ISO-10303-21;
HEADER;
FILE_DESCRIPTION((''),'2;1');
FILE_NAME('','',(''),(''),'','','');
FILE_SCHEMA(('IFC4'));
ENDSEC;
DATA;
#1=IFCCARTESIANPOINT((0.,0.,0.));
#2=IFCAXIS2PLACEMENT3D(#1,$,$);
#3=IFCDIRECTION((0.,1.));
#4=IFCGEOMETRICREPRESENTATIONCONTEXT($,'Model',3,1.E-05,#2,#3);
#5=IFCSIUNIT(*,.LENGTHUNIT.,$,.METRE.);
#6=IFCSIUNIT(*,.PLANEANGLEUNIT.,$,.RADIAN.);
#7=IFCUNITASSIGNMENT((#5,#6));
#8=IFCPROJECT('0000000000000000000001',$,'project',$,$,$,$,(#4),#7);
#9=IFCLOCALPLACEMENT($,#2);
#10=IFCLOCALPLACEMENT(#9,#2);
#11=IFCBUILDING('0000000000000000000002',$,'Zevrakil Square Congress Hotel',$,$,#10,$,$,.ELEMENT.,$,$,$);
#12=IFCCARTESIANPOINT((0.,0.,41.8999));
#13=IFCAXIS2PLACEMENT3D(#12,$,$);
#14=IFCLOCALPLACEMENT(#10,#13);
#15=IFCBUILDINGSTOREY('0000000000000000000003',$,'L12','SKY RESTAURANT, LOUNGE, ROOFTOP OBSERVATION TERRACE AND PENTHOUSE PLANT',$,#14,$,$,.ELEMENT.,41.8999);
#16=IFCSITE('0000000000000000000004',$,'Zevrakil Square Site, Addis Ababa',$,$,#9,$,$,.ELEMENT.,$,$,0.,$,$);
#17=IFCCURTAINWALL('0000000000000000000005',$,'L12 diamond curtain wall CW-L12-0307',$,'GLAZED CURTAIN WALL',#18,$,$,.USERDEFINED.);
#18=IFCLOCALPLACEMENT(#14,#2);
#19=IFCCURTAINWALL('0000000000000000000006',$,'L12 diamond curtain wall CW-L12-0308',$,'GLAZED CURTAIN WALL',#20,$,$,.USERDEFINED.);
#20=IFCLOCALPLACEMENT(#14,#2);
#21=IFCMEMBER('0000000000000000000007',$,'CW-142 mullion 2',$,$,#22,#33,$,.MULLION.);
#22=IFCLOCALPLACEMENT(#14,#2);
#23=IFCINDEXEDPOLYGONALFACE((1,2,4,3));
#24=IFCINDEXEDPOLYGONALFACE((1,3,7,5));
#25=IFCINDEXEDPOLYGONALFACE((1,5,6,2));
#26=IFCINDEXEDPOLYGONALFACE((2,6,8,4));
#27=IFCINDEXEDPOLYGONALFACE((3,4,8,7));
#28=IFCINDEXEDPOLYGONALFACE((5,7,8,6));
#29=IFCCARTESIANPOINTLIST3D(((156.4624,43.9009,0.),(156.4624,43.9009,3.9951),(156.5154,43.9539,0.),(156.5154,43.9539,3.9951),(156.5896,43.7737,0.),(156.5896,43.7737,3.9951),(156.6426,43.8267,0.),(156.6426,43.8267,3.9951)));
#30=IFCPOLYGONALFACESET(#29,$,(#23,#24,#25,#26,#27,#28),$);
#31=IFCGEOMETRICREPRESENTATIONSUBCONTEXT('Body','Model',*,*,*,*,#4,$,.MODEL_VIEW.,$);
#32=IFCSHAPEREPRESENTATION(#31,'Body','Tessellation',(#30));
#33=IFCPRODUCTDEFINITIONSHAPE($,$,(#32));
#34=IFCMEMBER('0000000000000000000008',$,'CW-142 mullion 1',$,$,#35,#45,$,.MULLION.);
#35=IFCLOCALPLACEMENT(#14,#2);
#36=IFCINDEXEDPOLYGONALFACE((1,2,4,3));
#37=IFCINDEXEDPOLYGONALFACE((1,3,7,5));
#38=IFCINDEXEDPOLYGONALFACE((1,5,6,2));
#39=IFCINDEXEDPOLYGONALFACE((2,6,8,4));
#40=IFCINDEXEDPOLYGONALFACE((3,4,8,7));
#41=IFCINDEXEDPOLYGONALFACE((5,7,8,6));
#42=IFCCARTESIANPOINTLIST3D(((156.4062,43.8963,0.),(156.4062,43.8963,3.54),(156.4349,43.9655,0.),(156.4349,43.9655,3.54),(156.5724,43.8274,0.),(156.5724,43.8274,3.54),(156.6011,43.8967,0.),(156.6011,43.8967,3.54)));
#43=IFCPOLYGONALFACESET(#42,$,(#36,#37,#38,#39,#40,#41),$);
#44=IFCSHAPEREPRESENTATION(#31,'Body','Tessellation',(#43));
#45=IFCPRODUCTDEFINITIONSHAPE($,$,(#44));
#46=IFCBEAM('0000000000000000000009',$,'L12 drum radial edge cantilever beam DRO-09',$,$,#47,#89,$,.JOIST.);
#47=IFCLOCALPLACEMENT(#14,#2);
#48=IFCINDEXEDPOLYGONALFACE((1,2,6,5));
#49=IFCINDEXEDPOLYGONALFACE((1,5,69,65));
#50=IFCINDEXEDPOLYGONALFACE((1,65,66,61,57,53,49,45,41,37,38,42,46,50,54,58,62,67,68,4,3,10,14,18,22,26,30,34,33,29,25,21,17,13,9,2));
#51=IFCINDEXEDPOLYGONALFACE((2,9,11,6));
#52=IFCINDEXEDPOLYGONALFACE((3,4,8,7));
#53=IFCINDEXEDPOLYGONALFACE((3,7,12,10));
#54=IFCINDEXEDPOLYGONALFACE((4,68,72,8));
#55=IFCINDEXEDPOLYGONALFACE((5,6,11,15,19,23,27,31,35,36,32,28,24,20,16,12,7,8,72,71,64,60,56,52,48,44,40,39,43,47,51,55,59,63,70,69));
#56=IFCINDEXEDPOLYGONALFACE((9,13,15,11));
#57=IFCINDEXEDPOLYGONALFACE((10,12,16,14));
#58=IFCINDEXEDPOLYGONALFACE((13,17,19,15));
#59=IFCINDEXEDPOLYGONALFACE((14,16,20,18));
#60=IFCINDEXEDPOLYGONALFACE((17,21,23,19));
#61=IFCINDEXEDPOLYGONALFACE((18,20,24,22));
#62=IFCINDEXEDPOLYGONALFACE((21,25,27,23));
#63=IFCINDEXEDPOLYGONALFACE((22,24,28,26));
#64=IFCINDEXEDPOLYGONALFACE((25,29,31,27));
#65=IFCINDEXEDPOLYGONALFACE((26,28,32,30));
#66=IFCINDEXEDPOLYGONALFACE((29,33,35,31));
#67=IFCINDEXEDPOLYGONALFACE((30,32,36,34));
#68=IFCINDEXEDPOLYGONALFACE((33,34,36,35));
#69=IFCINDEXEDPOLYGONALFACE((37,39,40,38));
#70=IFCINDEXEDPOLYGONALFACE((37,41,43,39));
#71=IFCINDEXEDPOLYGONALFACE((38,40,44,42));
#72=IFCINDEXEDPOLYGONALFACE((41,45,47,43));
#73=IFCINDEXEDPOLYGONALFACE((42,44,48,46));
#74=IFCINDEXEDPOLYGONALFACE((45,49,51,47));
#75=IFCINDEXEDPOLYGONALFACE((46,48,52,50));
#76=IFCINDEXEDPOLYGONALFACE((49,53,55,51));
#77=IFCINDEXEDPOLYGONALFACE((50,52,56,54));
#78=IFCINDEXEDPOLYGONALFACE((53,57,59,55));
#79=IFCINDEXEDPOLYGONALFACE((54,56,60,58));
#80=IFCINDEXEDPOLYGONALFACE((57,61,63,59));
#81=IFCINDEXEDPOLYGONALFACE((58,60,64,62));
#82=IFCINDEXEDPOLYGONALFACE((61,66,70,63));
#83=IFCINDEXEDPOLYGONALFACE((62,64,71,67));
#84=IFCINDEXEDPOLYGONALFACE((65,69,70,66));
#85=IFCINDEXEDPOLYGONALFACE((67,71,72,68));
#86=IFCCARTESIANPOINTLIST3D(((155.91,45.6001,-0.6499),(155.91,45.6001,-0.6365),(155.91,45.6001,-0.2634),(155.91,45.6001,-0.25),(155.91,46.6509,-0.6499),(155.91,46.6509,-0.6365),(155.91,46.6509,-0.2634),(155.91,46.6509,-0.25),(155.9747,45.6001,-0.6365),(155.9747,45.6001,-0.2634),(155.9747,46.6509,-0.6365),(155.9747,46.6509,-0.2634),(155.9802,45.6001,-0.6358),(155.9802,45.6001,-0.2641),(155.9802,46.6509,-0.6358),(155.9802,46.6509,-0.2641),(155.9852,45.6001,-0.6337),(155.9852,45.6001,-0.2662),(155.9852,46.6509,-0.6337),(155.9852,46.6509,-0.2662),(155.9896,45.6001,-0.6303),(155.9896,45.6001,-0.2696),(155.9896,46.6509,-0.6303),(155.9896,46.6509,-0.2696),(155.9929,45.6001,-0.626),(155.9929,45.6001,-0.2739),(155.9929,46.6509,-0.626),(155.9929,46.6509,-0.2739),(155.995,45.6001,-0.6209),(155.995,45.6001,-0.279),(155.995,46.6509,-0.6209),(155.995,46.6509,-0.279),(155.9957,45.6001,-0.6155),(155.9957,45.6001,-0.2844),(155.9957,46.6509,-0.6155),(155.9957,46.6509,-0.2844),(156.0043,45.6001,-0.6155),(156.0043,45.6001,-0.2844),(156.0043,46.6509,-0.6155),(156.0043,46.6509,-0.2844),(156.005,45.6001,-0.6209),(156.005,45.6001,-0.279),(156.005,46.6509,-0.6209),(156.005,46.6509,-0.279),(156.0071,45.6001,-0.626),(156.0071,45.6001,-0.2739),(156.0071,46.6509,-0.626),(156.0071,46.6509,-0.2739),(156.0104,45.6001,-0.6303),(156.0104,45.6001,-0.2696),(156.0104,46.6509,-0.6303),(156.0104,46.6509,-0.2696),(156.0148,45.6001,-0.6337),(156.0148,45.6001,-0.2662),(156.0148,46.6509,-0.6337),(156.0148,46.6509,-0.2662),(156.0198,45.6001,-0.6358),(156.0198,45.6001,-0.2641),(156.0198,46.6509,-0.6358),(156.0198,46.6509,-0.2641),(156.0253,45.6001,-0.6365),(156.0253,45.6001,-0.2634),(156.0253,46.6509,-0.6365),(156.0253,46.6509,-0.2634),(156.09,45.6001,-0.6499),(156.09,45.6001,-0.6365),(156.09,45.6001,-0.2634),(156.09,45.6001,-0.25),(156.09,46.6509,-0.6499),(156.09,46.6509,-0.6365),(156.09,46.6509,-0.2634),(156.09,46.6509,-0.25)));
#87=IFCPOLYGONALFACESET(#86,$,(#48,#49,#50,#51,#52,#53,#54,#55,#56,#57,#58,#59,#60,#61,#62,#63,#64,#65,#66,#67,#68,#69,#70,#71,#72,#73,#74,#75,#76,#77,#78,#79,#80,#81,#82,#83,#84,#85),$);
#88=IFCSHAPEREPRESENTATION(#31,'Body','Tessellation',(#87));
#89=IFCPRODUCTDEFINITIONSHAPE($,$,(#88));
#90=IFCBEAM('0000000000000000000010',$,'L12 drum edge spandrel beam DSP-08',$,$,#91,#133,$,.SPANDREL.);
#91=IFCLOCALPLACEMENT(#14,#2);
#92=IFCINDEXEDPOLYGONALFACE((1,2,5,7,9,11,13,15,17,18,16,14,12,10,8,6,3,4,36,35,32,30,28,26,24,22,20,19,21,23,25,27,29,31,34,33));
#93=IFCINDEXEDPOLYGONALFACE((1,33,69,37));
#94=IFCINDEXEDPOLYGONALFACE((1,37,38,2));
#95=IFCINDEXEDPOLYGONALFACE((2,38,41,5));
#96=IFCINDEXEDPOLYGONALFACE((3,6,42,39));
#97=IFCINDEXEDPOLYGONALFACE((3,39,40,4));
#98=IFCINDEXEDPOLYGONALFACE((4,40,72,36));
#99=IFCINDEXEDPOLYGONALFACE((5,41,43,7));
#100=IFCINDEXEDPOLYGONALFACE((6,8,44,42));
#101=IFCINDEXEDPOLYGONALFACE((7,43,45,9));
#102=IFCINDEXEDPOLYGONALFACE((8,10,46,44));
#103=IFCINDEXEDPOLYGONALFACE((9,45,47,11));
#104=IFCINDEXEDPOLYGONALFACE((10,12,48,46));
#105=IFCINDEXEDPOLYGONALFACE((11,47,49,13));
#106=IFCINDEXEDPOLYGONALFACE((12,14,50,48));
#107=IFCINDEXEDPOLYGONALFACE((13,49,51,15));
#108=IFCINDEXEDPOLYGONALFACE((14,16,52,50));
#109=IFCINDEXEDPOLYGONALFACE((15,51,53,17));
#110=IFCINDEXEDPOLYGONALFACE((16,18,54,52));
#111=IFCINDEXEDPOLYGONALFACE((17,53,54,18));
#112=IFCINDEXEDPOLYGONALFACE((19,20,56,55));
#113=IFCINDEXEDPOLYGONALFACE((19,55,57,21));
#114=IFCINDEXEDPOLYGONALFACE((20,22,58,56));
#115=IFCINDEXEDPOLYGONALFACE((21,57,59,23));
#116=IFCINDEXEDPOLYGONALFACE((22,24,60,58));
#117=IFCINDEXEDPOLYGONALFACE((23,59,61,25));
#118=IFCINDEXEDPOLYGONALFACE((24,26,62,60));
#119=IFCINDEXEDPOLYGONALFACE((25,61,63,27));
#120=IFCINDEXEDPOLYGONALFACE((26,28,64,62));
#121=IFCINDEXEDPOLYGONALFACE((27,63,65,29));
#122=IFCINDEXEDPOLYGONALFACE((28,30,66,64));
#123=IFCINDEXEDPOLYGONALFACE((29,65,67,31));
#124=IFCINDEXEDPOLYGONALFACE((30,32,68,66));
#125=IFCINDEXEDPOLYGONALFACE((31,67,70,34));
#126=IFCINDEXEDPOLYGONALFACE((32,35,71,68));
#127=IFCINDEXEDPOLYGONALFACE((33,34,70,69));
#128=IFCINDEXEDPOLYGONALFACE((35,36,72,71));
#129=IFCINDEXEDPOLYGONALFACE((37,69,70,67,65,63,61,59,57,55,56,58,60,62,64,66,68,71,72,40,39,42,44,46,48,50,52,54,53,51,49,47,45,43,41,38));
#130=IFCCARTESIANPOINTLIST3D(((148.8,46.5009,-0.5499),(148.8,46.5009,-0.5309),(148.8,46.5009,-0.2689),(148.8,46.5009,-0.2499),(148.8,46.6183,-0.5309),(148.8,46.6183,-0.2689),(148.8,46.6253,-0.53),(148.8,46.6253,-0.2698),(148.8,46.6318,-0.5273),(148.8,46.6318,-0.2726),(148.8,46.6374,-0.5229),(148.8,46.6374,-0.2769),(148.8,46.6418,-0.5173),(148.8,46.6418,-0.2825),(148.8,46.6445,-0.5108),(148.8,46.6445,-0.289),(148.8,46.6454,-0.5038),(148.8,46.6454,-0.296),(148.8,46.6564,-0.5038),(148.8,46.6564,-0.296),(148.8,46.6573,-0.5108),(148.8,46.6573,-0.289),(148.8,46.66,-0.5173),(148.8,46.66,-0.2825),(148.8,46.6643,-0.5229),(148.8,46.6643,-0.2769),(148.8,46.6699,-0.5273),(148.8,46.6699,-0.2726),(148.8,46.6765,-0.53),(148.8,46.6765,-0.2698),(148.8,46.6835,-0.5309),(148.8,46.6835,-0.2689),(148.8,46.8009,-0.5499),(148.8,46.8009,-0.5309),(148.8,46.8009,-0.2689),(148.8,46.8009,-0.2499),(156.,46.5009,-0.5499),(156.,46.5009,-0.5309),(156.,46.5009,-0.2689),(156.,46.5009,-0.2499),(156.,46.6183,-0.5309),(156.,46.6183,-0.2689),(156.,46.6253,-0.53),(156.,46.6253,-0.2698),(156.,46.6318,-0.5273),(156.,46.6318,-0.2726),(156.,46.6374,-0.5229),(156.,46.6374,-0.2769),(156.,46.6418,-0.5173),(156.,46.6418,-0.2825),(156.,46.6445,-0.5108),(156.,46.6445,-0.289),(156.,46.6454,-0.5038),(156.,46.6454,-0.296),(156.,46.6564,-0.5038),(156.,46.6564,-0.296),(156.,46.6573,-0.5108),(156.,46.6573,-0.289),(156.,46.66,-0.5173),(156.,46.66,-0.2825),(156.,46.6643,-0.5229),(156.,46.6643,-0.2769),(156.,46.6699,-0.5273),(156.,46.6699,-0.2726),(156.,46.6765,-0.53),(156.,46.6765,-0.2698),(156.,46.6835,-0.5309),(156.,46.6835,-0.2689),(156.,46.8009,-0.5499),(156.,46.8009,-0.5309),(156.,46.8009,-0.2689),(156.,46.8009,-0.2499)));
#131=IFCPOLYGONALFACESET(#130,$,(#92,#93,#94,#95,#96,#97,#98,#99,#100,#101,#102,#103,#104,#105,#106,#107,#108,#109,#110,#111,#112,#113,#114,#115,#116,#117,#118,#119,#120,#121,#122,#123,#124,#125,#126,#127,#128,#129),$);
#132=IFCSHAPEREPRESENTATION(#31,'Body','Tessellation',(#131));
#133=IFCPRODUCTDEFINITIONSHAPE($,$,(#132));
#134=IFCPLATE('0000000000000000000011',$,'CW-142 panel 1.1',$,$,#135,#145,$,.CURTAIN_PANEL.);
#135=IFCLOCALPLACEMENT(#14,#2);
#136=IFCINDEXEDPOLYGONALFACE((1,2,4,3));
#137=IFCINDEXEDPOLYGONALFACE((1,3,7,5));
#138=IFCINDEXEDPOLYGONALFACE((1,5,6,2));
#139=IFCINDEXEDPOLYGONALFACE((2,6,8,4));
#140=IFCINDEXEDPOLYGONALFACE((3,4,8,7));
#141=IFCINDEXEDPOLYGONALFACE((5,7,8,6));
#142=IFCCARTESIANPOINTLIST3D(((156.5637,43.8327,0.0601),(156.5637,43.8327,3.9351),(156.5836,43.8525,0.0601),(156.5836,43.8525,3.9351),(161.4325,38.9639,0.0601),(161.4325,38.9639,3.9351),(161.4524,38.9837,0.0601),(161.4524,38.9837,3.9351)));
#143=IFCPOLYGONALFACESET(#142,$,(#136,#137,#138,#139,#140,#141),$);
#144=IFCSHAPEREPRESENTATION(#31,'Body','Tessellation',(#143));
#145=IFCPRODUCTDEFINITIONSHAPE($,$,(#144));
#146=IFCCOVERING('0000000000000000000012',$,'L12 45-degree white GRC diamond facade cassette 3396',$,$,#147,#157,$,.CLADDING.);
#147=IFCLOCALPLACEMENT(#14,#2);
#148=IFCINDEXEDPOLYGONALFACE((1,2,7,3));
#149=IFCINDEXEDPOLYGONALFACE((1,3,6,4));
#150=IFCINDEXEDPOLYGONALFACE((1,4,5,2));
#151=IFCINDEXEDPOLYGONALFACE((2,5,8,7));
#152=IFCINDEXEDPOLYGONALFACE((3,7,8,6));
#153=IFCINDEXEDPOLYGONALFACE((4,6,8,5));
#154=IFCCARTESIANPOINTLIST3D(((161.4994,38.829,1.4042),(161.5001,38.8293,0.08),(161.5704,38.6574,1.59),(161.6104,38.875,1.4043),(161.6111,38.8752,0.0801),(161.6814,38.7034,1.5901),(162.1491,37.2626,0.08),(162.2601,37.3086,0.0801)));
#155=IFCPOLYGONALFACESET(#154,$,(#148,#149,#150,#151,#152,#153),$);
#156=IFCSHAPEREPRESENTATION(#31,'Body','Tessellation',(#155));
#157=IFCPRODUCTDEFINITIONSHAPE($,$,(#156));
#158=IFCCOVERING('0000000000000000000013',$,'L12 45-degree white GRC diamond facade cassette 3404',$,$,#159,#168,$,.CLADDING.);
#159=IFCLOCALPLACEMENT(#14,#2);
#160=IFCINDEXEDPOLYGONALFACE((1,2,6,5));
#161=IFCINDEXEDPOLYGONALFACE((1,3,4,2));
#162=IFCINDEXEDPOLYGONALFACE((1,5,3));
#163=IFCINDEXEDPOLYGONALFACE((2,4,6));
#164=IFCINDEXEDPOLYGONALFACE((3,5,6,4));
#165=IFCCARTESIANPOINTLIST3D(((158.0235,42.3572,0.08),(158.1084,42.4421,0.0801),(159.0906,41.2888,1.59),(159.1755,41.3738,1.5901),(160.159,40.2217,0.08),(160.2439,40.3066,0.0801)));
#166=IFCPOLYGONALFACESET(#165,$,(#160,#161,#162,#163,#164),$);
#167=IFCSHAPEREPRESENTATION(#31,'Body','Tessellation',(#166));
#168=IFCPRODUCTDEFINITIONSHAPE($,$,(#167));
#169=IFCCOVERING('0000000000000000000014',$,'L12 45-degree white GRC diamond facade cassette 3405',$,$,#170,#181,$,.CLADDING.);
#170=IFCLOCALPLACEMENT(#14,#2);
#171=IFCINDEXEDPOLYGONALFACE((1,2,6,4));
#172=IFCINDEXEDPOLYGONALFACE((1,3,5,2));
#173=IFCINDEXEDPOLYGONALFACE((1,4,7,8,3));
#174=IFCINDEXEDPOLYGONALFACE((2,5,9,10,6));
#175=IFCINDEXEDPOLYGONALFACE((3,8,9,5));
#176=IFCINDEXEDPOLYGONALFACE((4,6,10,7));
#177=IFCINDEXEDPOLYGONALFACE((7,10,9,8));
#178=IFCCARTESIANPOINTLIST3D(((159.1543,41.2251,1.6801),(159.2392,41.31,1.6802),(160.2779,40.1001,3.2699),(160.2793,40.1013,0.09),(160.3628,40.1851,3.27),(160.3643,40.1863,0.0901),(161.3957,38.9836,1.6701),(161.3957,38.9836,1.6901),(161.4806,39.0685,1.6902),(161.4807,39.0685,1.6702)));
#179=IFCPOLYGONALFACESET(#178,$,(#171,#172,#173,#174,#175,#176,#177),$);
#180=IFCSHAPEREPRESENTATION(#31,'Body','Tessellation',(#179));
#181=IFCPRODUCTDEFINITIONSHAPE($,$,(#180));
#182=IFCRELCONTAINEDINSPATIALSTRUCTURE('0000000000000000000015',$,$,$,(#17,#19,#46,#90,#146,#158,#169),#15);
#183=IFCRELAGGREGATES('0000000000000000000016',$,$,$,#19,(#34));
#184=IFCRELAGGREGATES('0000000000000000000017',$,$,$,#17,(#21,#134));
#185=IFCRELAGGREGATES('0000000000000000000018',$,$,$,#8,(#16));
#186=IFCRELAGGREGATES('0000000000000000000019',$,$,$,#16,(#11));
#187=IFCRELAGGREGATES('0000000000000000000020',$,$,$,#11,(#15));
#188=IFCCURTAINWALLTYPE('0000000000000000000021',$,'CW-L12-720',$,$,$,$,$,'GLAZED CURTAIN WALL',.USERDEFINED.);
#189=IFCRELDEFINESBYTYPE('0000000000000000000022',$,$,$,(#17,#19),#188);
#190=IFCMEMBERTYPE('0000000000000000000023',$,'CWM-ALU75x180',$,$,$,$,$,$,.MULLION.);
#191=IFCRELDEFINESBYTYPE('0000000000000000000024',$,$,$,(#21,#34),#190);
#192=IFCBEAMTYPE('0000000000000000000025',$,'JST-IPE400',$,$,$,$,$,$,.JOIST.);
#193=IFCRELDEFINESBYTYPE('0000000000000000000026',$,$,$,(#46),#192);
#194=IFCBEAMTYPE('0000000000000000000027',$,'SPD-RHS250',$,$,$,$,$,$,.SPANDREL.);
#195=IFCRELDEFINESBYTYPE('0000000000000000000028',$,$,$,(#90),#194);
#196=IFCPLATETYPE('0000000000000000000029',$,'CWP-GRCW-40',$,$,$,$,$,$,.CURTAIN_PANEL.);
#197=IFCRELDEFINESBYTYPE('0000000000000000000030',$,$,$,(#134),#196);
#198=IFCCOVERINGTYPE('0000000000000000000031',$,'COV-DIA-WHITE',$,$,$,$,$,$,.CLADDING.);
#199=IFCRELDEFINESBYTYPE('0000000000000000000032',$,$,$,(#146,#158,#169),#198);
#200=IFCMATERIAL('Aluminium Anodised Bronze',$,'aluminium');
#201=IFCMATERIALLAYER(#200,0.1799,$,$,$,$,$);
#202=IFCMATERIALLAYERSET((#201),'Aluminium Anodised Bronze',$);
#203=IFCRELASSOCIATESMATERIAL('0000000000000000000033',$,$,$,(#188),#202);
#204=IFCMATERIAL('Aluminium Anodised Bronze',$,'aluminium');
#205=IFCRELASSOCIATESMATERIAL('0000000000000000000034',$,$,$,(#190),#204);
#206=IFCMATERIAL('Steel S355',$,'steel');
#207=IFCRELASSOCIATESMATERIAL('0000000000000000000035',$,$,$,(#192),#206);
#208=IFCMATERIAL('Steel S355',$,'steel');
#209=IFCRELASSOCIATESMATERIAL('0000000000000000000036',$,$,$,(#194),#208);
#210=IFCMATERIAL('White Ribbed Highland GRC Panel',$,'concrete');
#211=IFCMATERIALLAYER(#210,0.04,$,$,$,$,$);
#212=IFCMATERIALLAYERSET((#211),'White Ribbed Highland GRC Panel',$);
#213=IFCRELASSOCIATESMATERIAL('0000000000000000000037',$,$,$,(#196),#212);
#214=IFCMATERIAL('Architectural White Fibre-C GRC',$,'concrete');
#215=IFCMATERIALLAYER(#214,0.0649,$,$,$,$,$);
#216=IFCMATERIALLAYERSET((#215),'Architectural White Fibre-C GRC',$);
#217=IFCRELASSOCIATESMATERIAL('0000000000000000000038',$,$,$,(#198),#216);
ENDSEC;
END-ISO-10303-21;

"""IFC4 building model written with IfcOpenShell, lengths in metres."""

from ifc_helpers import new_model, si_unit, direction, frame, origin, origin_2d, place, context, subcontext, project, spatial, polyline, rectangle, i_section, outline, extrude, material, layer, layer_set, material_profile, profile_set, type_object, element, aggregate, save


model = new_model("IFC4")

# Units and contexts
model_context = context("Model", 3, precision=1e-05, world=origin(), true_north=direction((0.0, 1.0)))
body_context = subcontext(model_context, "Body", "Model", "MODEL_VIEW")
ifc_project = project(units=[si_unit("LENGTHUNIT", "METRE"), si_unit("PLANEANGLEUNIT", "RADIAN")], contexts=[model_context])

# Site, building, storey
site_placement = place(None, origin())
site = spatial("IfcSite", under=ifc_project, at=site_placement, Name="Zevrakil Square Site, Addis Ababa", CompositionType="ELEMENT", RefElevation=0.0)
building_placement = place(site_placement, origin())
building = spatial("IfcBuilding", under=site, at=building_placement, Name="Zevrakil Square Congress Hotel", CompositionType="ELEMENT")
storey_placement = place(building_placement, frame((0.0, 0.0, 41.8999)))
storey = spatial("IfcBuildingStorey", under=building, at=storey_placement, Name="L12", Description="SKY RESTAURANT, LOUNGE, ROOFTOP OBSERVATION TERRACE AND PENTHOUSE PLANT", CompositionType="ELEMENT", Elevation=41.8999)

# Curtain walls
ifc_material_1 = material(Name="Aluminium Anodised Bronze", Category="aluminium")
ifc_layer_1 = layer(ifc_material_1, 0.1799)
ifc_layer_set_1 = layer_set([ifc_layer_1], Name="Aluminium Anodised Bronze")
curtain_wall_type = type_object("IfcCurtainWallType", Name="CW-L12-720", ElementType="GLAZED CURTAIN WALL", PredefinedType="USERDEFINED", material=ifc_layer_set_1)
curtain_wall_1_placement = place(storey_placement, origin())
curtain_wall_1 = element("IfcCurtainWall", 1, at=curtain_wall_1_placement, inside=storey, type_object=curtain_wall_type, Name="L12 diamond curtain wall CW-L12-0307", ObjectType="GLAZED CURTAIN WALL", PredefinedType="USERDEFINED")
curtain_wall_2_placement = place(storey_placement, origin())
curtain_wall_2 = element("IfcCurtainWall", 2, at=curtain_wall_2_placement, inside=storey, type_object=curtain_wall_type, Name="L12 diamond curtain wall CW-L12-0308", ObjectType="GLAZED CURTAIN WALL", PredefinedType="USERDEFINED")

# Shared definitions
ifc_material_2 = material(Name="Aluminium Anodised Bronze", Category="aluminium")
ifc_material_profile_1 = material_profile(ifc_material_2, rectangle(XDim=0.075, YDim=0.1799, at=origin_2d()), Name="ALU 75x180")
ifc_profile_set_1 = profile_set([ifc_material_profile_1], Name="Aluminium Anodised Bronze")
member_type_1 = type_object("IfcMemberType", Name="CWM-ALU75x180", PredefinedType="MULLION", material=ifc_profile_set_1)

# Members
member_1_placement = place(storey_placement, frame((156.5525, 43.8638, 0.0), z_axis=(0.0, 0.0, 1.0), x_axis=(-0.707107, -0.707107, 0.0)))
member_1 = element("IfcMember", 3, at=member_1_placement, type_object=member_type_1, Name="CW-142 mullion 2", PredefinedType="MULLION", context=body_context, shape_type="SweptSolid", body=[
    extrude(rectangle(XDim=0.075, YDim=0.1799, at=origin_2d()), origin(), (0.0, 0.0, 1.0), 3.9951),
])
member_2_placement = place(storey_placement, frame((156.5037, 43.8965, 0.0), z_axis=(0.0, 0.0, 1.0), x_axis=(-0.382684, -0.923879, 0.0)))
member_2 = element("IfcMember", 4, at=member_2_placement, type_object=member_type_1, Name="CW-142 mullion 1", PredefinedType="MULLION", context=body_context, shape_type="SweptSolid", body=[
    extrude(rectangle(XDim=0.075, YDim=0.1799, at=origin_2d()), origin(), (0.0, 0.0, 1.0), 3.54),
])
aggregate(curtain_wall_2, [member_2])

# Beams
ifc_material_3 = material(Name="Steel S355", Category="steel")
ifc_material_profile_2 = material_profile(ifc_material_3, i_section(OverallWidth=0.1799, OverallDepth=0.3999, WebThickness=0.0085, FlangeThickness=0.0134, FilletRadius=0.021, at=origin_2d()), Name="IPE 400")
ifc_profile_set_2 = profile_set([ifc_material_profile_2], Name="Steel S355")
beam_type_1 = type_object("IfcBeamType", Name="JST-IPE400", PredefinedType="JOIST", material=ifc_profile_set_2)
beam_1_placement = place(storey_placement, frame((156.0, 45.6001, -0.45), z_axis=(0.0, 1.0, 0.0), x_axis=(-1.0, 0.0, 0.0)))
element("IfcBeam", 5, at=beam_1_placement, inside=storey, type_object=beam_type_1, Name="L12 drum radial edge cantilever beam DRO-09", PredefinedType="JOIST", context=body_context, shape_type="SweptSolid", body=[
    extrude(i_section(OverallWidth=0.1799, OverallDepth=0.3999, WebThickness=0.0085, FlangeThickness=0.0134, FilletRadius=0.021, at=origin_2d()), origin(), (0.0, 0.0, 1.0), 1.0508),
])
ifc_material_4 = material(Name="Steel S355", Category="steel")
ifc_material_profile_3 = material_profile(ifc_material_4, i_section(OverallWidth=0.3, OverallDepth=0.3, WebThickness=0.011, FlangeThickness=0.019, FilletRadius=0.0271, at=origin_2d()), Name="HEB 300")
ifc_profile_set_3 = profile_set([ifc_material_profile_3], Name="Steel S355")
beam_type_2 = type_object("IfcBeamType", Name="SPD-RHS250", PredefinedType="SPANDREL", material=ifc_profile_set_3)
beam_2_placement = place(storey_placement, frame((156.0, 46.6509, -0.3999), z_axis=(-1.0, 0.0, 0.0), x_axis=(0.0, -1.0, 0.0)))
element("IfcBeam", 6, at=beam_2_placement, inside=storey, type_object=beam_type_2, Name="L12 drum edge spandrel beam DSP-08", PredefinedType="SPANDREL", context=body_context, shape_type="SweptSolid", body=[
    extrude(i_section(OverallWidth=0.3, OverallDepth=0.3, WebThickness=0.011, FlangeThickness=0.019, FilletRadius=0.0271, at=origin_2d()), origin(), (0.0, 0.0, 1.0), 7.2),
])

# Plate
ifc_material_5 = material(Name="White Ribbed Highland GRC Panel", Category="concrete")
ifc_layer_2 = layer(ifc_material_5, 0.04)
ifc_layer_set_2 = layer_set([ifc_layer_2], Name="White Ribbed Highland GRC Panel")
plate_type = type_object("IfcPlateType", Name="CWP-GRCW-40", PredefinedType="CURTAIN_PANEL", material=ifc_layer_set_2)
plate_placement = place(storey_placement, frame((159.0081, 41.4082, 0.0601), z_axis=(0.0, 0.0, 1.0), x_axis=(-0.707107, 0.707107, 0.0)))
plate = element("IfcPlate", 7, at=plate_placement, type_object=plate_type, Name="CW-142 panel 1.1", PredefinedType="CURTAIN_PANEL", context=body_context, shape_type="SweptSolid", body=[
    extrude(rectangle(XDim=6.8855, YDim=0.0281, at=origin_2d()), origin(), (0.0, 0.0, 1.0), 3.875),
])
aggregate(curtain_wall_1, [member_1, plate])

# Coverings
ifc_material_6 = material(Name="Architectural White Fibre-C GRC", Category="concrete")
ifc_layer_3 = layer(ifc_material_6, 0.0649)
ifc_layer_set_3 = layer_set([ifc_layer_3], Name="Architectural White Fibre-C GRC")
covering_type_1 = type_object("IfcCoveringType", Name="COV-DIA-WHITE", PredefinedType="CLADDING", material=ifc_layer_set_3)
covering_1_placement = place(storey_placement, frame((161.6814, 38.7034, 1.5901), z_axis=(0.923868, 0.382711, 0.000542), x_axis=(-0.270236, 0.653355, -0.707177)))
element("IfcCovering", 8, at=covering_1_placement, inside=storey, type_object=covering_type_1, Name="L12 45-degree white GRC diamond facade cassette 3396", PredefinedType="CLADDING", context=body_context, shape_type="SweptSolid", body=[
    extrude(outline(polyline([(0.0, 0.0), (0.2627, 0.0), (1.1991, -0.9363), (0.0002, -2.1355), (0.0, 0.0)])), origin(), (0.0, 0.0, -1.0), 0.1201),
])
covering_2_placement = place(storey_placement, frame((159.1755, 41.3738, 1.5901), z_axis=(0.707107, 0.707107, 0.000572), x_axis=(-0.499717, 0.500288, -0.707103)))
element("IfcCovering", 9, at=covering_2_placement, inside=storey, type_object=covering_type_1, Name="L12 45-degree white GRC diamond facade cassette 3404", PredefinedType="CLADDING", context=body_context, shape_type="SweptSolid", body=[
    extrude(outline(polyline([(0.0, 0.0), (2.1355, 0.0), (0.0, -2.1355), (0.0, 0.0)])), origin(), (0.0, 0.0, -1.0), 0.1201),
])
covering_3_placement = place(storey_placement, frame((160.3628, 40.1851, 3.27), z_axis=(0.707107, 0.707107, 0.000595), x_axis=(-0.49972, 0.500315, -0.707082)))
element("IfcCovering", 10, at=covering_3_placement, inside=storey, type_object=covering_type_1, Name="L12 45-degree white GRC diamond facade cassette 3405", PredefinedType="CLADDING", context=body_context, shape_type="SweptSolid", body=[
    extrude(outline(polyline([(0.0, 0.0), (2.2485, 0.0), (2.2484, -2.2488), (0.014, -2.2485), (-0.0002, -2.2343), (0.0, 0.0)])), origin(), (0.0, 0.0, -1.0), 0.1201),
])

save(model, "model.ifc")
